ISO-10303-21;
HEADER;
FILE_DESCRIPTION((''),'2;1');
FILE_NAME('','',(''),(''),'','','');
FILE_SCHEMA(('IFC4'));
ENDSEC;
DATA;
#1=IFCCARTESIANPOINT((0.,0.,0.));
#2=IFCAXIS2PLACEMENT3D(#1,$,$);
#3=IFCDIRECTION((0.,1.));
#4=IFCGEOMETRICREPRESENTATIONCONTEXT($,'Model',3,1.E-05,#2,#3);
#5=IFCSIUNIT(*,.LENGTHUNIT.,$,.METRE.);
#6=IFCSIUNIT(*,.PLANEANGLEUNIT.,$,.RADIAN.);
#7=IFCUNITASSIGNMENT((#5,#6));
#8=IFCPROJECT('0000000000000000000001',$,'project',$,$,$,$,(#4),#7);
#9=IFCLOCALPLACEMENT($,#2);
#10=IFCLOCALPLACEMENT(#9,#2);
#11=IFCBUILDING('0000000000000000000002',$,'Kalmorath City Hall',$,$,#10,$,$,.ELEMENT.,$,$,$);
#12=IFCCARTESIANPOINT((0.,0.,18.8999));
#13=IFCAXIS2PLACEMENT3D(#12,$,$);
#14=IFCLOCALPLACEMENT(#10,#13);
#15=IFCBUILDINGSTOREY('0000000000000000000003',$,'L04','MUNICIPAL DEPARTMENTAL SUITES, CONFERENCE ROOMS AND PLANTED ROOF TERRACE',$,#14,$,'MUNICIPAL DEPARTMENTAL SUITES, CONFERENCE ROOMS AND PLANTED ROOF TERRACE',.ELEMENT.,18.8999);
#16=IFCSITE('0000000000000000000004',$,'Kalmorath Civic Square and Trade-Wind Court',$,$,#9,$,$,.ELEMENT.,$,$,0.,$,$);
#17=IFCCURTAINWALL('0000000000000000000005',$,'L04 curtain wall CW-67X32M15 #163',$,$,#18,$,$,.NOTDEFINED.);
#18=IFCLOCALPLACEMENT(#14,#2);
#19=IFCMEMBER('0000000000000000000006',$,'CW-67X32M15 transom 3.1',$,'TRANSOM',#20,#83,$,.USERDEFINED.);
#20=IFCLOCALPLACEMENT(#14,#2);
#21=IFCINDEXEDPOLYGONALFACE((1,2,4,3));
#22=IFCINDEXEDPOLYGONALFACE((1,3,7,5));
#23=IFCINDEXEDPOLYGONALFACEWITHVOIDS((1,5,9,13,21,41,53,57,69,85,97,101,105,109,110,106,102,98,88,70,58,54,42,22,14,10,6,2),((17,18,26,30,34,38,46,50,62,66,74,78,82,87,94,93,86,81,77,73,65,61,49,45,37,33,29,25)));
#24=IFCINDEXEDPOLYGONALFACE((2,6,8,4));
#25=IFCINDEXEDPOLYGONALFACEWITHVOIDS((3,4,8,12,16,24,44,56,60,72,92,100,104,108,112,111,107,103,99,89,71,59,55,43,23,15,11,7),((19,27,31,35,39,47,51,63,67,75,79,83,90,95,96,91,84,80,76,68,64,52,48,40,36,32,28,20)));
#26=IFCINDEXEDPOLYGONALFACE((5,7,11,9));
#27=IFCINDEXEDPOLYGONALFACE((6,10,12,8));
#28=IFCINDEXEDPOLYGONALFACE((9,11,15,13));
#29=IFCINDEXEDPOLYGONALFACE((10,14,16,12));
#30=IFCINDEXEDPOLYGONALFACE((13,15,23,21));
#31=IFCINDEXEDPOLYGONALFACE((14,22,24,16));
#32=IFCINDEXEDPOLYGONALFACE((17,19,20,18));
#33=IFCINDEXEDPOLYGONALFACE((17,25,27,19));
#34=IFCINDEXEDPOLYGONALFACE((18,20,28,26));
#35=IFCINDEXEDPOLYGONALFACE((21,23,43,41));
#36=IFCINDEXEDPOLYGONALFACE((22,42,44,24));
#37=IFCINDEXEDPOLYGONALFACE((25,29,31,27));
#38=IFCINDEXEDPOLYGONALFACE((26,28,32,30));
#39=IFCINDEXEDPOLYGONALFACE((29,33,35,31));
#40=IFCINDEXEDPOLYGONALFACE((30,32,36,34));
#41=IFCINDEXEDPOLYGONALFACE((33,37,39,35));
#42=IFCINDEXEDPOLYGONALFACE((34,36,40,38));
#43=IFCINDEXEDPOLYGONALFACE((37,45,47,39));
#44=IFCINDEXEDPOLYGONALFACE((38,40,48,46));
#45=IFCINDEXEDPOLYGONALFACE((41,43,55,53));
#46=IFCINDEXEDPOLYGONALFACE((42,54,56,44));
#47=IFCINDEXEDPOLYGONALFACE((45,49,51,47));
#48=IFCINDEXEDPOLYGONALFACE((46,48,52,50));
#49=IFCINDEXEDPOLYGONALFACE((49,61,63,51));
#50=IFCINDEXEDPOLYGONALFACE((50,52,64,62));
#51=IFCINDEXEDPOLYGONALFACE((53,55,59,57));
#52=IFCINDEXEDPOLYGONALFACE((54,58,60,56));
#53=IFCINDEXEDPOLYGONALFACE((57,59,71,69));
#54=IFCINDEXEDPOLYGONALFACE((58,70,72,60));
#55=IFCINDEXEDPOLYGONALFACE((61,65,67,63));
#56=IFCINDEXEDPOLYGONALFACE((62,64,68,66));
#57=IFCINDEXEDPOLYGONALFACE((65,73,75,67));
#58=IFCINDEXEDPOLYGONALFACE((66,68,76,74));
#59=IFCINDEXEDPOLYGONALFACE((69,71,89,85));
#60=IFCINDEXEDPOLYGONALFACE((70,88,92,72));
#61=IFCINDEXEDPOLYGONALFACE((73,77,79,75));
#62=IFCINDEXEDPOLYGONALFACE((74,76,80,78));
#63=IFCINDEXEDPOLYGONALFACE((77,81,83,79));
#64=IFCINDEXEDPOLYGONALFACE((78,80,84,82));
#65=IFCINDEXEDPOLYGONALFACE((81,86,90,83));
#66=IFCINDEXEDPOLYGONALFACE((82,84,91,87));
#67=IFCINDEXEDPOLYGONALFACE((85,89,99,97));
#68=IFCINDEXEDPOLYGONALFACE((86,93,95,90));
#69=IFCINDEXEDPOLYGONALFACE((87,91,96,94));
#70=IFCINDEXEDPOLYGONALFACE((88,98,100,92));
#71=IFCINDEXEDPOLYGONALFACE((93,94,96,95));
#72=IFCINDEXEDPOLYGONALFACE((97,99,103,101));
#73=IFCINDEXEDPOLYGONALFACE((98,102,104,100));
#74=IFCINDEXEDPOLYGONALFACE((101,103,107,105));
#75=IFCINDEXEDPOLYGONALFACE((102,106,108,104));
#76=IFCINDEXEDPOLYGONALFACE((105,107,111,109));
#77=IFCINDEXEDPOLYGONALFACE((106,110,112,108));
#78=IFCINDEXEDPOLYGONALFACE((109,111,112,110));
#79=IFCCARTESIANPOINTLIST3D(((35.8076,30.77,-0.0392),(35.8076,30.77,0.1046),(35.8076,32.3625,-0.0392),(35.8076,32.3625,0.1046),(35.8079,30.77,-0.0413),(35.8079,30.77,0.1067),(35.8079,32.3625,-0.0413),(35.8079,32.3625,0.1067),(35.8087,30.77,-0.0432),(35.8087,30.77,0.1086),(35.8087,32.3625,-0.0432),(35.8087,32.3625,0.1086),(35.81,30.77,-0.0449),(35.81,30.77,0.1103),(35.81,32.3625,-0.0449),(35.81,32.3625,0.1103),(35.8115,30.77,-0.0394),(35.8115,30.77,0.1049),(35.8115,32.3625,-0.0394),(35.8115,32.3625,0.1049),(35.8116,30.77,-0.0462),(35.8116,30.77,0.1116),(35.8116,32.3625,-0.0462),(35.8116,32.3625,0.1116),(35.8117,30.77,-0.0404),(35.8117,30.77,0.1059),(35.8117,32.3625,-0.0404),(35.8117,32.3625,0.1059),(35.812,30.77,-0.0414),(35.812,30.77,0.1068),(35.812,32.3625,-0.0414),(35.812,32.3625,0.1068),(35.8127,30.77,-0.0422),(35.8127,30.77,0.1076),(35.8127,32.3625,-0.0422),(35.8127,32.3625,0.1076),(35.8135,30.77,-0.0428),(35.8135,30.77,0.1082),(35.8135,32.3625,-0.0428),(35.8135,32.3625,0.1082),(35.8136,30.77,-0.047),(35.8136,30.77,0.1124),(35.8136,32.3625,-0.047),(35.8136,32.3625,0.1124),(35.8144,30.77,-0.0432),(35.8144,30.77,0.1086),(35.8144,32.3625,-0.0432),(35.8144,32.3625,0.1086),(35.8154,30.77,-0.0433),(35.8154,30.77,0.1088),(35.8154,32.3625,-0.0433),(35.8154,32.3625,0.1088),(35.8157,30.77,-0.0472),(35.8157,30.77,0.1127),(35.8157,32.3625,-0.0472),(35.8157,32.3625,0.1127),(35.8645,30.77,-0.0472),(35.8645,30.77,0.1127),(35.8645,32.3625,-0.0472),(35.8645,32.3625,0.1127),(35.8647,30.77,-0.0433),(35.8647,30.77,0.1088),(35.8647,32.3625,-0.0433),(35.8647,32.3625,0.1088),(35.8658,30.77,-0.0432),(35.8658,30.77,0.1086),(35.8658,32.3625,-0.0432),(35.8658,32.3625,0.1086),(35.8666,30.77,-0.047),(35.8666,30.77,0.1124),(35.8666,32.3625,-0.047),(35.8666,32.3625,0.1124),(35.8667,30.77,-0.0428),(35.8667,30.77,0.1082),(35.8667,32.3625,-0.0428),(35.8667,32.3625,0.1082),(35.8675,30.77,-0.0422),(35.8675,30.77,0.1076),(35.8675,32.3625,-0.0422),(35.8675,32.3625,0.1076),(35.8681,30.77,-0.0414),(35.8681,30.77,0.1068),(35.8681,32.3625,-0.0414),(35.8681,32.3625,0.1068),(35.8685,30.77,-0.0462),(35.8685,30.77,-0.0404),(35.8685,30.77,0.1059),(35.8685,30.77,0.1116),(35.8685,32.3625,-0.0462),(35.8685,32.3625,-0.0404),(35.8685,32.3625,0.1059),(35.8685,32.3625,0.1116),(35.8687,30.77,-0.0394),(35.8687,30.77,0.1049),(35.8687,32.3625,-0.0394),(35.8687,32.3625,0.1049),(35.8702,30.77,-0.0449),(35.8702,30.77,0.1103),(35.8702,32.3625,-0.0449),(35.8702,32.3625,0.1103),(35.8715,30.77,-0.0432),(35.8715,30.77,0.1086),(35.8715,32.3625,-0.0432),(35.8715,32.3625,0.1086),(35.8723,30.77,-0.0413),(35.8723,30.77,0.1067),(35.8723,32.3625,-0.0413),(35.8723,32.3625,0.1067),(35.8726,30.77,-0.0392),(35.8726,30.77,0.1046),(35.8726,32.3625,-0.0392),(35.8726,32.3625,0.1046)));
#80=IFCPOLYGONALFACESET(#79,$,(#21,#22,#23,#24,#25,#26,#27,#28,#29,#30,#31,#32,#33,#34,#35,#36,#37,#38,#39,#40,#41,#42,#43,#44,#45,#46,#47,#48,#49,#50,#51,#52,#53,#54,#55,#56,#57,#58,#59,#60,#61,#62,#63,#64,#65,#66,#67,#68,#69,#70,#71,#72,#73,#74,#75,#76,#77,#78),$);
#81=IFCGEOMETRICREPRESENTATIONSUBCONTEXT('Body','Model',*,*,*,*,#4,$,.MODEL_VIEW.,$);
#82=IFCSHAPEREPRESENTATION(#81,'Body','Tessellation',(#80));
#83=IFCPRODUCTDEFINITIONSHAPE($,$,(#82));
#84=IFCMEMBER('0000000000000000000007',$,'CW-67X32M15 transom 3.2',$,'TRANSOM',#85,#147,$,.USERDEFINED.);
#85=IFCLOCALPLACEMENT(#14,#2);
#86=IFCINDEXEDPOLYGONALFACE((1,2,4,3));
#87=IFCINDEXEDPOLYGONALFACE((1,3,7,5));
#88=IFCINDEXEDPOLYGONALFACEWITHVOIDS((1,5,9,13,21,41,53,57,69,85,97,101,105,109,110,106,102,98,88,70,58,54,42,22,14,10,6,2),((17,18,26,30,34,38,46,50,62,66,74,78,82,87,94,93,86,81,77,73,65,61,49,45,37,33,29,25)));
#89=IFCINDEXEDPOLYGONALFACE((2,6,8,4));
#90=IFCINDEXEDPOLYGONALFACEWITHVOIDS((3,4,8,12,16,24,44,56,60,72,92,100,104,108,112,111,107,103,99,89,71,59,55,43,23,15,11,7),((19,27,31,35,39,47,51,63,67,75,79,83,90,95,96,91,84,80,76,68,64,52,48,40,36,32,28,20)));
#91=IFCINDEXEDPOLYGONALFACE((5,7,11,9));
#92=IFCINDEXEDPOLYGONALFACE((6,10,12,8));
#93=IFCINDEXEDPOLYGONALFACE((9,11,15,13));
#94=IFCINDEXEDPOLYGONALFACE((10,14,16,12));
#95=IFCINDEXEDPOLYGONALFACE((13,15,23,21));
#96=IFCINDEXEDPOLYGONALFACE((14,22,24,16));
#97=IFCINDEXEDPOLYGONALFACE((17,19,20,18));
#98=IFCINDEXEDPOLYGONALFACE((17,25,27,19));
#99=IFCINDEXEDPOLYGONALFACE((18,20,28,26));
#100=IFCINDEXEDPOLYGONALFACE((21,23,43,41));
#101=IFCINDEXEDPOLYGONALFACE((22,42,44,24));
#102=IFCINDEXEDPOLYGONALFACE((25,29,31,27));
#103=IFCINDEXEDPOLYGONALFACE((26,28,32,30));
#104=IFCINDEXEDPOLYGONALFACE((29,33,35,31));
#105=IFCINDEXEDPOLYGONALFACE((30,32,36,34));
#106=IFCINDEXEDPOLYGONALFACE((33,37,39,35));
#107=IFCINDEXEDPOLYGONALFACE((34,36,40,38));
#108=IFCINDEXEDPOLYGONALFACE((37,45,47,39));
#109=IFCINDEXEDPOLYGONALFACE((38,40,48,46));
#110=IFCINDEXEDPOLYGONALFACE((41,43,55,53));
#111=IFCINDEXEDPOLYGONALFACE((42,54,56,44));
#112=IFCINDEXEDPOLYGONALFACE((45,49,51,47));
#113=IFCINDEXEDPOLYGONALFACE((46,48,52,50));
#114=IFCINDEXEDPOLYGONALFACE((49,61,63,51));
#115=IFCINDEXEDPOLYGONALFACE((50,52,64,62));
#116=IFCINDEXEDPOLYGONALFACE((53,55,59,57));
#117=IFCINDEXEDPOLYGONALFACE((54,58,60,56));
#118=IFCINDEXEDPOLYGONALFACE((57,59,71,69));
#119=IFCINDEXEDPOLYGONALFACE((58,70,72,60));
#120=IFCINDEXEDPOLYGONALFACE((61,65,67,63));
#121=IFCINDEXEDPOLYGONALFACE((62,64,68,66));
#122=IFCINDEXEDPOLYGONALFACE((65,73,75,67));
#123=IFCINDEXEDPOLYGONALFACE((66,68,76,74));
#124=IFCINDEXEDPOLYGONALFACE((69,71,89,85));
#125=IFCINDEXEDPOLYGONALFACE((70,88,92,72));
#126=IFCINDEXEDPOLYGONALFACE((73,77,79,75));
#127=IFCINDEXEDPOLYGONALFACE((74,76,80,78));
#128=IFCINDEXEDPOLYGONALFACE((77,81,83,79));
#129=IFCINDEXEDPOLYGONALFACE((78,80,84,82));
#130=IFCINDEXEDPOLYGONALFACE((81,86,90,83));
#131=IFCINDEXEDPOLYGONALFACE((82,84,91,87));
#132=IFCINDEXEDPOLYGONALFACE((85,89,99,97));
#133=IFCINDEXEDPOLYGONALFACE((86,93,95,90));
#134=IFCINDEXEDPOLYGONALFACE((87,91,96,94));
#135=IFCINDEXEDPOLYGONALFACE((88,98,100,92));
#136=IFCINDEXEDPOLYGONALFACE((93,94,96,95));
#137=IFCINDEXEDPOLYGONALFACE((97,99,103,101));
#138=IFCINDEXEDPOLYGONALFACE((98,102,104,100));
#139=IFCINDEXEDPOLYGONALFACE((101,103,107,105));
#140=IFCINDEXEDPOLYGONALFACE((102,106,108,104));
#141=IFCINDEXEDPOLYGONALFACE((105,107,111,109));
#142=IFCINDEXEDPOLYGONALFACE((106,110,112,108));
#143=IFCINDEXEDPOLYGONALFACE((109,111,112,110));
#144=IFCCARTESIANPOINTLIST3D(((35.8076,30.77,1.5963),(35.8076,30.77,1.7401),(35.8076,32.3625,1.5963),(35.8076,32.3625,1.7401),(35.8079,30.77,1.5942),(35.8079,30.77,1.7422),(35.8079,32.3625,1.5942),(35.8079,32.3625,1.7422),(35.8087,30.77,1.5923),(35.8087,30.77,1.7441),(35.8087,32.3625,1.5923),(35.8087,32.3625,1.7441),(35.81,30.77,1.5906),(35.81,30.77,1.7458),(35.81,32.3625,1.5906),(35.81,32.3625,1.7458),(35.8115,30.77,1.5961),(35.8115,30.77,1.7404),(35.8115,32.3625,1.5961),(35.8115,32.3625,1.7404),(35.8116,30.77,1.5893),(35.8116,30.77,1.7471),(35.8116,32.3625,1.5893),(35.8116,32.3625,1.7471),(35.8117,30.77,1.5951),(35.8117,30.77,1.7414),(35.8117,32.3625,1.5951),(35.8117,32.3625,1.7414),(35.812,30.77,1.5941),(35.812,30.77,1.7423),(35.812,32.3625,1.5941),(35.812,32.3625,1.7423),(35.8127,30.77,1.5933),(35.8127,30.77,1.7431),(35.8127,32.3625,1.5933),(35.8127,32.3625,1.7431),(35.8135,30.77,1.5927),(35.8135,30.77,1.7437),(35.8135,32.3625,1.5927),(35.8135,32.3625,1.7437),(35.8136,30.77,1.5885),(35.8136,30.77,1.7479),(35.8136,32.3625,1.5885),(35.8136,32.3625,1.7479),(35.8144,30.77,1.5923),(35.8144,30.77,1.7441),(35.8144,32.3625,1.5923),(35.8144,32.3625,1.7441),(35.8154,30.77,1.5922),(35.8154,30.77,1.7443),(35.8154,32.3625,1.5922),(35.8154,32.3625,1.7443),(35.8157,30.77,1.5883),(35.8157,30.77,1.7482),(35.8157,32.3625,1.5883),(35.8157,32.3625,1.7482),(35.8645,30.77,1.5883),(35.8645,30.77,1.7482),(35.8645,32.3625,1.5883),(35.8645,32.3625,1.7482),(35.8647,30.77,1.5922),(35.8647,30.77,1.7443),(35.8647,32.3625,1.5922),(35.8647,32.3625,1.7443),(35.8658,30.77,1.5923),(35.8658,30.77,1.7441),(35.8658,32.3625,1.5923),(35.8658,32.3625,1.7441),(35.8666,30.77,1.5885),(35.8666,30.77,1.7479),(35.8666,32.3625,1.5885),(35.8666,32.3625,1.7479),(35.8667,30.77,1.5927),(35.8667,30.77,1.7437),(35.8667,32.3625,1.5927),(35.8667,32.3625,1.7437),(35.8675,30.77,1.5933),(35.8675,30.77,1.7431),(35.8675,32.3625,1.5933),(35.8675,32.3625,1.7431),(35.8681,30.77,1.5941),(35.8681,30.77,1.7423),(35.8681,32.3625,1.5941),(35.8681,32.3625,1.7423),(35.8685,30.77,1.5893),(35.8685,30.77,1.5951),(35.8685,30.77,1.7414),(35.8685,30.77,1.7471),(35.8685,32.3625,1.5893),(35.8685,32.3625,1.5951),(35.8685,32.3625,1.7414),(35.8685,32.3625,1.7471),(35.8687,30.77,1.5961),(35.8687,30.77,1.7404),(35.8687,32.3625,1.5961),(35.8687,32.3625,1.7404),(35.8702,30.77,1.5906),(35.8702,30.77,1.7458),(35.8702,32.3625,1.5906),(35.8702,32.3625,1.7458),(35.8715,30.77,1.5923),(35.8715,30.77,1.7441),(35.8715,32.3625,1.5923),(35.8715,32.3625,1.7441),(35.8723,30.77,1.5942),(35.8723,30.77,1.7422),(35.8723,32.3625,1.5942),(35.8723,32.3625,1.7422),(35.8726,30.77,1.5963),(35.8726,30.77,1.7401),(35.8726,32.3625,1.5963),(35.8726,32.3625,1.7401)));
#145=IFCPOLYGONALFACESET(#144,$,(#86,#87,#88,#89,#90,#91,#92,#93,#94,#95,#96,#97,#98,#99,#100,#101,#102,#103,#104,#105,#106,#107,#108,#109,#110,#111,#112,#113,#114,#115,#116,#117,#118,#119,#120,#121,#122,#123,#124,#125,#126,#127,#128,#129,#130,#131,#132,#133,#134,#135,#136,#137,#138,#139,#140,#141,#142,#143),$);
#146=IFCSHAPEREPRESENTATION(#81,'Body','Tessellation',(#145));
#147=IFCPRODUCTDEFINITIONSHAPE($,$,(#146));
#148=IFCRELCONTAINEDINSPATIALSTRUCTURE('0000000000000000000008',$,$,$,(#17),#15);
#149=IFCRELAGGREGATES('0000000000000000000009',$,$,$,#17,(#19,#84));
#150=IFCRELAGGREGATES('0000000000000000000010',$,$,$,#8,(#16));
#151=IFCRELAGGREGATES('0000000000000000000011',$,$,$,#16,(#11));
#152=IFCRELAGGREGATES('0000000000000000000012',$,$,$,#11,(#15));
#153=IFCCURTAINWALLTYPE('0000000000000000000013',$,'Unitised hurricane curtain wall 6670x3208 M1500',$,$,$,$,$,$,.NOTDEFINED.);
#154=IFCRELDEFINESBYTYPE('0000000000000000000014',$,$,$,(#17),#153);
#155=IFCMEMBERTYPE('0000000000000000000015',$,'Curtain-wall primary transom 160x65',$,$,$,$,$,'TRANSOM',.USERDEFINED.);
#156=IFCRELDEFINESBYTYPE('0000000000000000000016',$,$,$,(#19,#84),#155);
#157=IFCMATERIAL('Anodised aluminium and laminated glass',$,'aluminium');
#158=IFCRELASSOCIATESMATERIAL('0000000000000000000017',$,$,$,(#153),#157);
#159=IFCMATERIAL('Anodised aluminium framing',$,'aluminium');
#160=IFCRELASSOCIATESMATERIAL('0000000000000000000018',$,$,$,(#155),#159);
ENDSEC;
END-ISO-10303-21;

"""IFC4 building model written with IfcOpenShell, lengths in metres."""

from ifc_helpers import new_model, si_unit, direction, frame, origin, origin_2d, place, context, subcontext, project, spatial, hollow_rectangle, extrude, material, material_profile, profile_set, type_object, element, aggregate, save


model = new_model("IFC4")

# Units and contexts
model_context = context("Model", 3, precision=1e-05, world=origin(), true_north=direction((0.0, 1.0)))
body_context = subcontext(model_context, "Body", "Model", "MODEL_VIEW")
ifc_project = project(units=[si_unit("LENGTHUNIT", "METRE"), si_unit("PLANEANGLEUNIT", "RADIAN")], contexts=[model_context])

# Site, building, storey
site_placement = place(None, origin())
site = spatial("IfcSite", under=ifc_project, at=site_placement, Name="Kalmorath Civic Square and Trade-Wind Court", CompositionType="ELEMENT", RefElevation=0.0)
building_placement = place(site_placement, origin())
building = spatial("IfcBuilding", under=site, at=building_placement, Name="Kalmorath City Hall", CompositionType="ELEMENT")
storey_placement = place(building_placement, frame((0.0, 0.0, 18.8999)))
storey = spatial("IfcBuildingStorey", under=building, at=storey_placement, Name="L04", Description="MUNICIPAL DEPARTMENTAL SUITES, CONFERENCE ROOMS AND PLANTED ROOF TERRACE", LongName="MUNICIPAL DEPARTMENTAL SUITES, CONFERENCE ROOMS AND PLANTED ROOF TERRACE", CompositionType="ELEMENT", Elevation=18.8999)

# Curtain wall
ifc_material_1 = material(Name="Anodised aluminium and laminated glass", Category="aluminium")
curtain_wall_type_1 = type_object("IfcCurtainWallType", Name="Unitised hurricane curtain wall 6670x3208 M1500", PredefinedType="NOTDEFINED", material=ifc_material_1)
curtain_wall_1_placement = place(storey_placement, origin())
curtain_wall_1 = element("IfcCurtainWall", 1, at=curtain_wall_1_placement, inside=storey, type_object=curtain_wall_type_1, Name="L04 curtain wall CW-67X32M15 #163", PredefinedType="NOTDEFINED")

# Members
ifc_material_2 = material(Name="Anodised aluminium framing", Category="aluminium")
ifc_material_profile_1 = material_profile(ifc_material_2, hollow_rectangle(XDim=0.0649, YDim=0.1599, WallThickness=0.0039, InnerFilletRadius=0.0039, OuterFilletRadius=0.0081, at=origin_2d()), Name="ALU-TRN-160X65X4")
ifc_profile_set_1 = profile_set([ifc_material_profile_1], Name="Anodised aluminium framing")
member_type_1 = type_object("IfcMemberType", Name="Curtain-wall primary transom 160x65", ElementType="TRANSOM", PredefinedType="USERDEFINED", material=ifc_profile_set_1)
member_1_placement = place(storey_placement, frame((35.8401, 32.3625, 0.0327), z_axis=(0.0, -1.0, 0.0), x_axis=(1.0, 0.0, 0.0)))
member_1 = element("IfcMember", 2, at=member_1_placement, type_object=member_type_1, Name="CW-67X32M15 transom 3.1", ObjectType="TRANSOM", PredefinedType="USERDEFINED", context=body_context, shape_type="SweptSolid", body=[
    extrude(hollow_rectangle(XDim=0.0649, YDim=0.1599, WallThickness=0.0039, InnerFilletRadius=0.0039, OuterFilletRadius=0.0081, at=origin_2d()), origin(), (0.0, 0.0, 1.0), 1.5925),
])
member_2_placement = place(storey_placement, frame((35.8401, 32.3625, 1.6682), z_axis=(0.0, -1.0, 0.0), x_axis=(1.0, 0.0, 0.0)))
member_2 = element("IfcMember", 3, at=member_2_placement, type_object=member_type_1, Name="CW-67X32M15 transom 3.2", ObjectType="TRANSOM", PredefinedType="USERDEFINED", context=body_context, shape_type="SweptSolid", body=[
    extrude(hollow_rectangle(XDim=0.0649, YDim=0.1599, WallThickness=0.0039, InnerFilletRadius=0.0039, OuterFilletRadius=0.0081, at=origin_2d()), origin(), (0.0, 0.0, 1.0), 1.5925),
])

aggregate(curtain_wall_1, [member_1, member_2])

save(model, "model.ifc")
